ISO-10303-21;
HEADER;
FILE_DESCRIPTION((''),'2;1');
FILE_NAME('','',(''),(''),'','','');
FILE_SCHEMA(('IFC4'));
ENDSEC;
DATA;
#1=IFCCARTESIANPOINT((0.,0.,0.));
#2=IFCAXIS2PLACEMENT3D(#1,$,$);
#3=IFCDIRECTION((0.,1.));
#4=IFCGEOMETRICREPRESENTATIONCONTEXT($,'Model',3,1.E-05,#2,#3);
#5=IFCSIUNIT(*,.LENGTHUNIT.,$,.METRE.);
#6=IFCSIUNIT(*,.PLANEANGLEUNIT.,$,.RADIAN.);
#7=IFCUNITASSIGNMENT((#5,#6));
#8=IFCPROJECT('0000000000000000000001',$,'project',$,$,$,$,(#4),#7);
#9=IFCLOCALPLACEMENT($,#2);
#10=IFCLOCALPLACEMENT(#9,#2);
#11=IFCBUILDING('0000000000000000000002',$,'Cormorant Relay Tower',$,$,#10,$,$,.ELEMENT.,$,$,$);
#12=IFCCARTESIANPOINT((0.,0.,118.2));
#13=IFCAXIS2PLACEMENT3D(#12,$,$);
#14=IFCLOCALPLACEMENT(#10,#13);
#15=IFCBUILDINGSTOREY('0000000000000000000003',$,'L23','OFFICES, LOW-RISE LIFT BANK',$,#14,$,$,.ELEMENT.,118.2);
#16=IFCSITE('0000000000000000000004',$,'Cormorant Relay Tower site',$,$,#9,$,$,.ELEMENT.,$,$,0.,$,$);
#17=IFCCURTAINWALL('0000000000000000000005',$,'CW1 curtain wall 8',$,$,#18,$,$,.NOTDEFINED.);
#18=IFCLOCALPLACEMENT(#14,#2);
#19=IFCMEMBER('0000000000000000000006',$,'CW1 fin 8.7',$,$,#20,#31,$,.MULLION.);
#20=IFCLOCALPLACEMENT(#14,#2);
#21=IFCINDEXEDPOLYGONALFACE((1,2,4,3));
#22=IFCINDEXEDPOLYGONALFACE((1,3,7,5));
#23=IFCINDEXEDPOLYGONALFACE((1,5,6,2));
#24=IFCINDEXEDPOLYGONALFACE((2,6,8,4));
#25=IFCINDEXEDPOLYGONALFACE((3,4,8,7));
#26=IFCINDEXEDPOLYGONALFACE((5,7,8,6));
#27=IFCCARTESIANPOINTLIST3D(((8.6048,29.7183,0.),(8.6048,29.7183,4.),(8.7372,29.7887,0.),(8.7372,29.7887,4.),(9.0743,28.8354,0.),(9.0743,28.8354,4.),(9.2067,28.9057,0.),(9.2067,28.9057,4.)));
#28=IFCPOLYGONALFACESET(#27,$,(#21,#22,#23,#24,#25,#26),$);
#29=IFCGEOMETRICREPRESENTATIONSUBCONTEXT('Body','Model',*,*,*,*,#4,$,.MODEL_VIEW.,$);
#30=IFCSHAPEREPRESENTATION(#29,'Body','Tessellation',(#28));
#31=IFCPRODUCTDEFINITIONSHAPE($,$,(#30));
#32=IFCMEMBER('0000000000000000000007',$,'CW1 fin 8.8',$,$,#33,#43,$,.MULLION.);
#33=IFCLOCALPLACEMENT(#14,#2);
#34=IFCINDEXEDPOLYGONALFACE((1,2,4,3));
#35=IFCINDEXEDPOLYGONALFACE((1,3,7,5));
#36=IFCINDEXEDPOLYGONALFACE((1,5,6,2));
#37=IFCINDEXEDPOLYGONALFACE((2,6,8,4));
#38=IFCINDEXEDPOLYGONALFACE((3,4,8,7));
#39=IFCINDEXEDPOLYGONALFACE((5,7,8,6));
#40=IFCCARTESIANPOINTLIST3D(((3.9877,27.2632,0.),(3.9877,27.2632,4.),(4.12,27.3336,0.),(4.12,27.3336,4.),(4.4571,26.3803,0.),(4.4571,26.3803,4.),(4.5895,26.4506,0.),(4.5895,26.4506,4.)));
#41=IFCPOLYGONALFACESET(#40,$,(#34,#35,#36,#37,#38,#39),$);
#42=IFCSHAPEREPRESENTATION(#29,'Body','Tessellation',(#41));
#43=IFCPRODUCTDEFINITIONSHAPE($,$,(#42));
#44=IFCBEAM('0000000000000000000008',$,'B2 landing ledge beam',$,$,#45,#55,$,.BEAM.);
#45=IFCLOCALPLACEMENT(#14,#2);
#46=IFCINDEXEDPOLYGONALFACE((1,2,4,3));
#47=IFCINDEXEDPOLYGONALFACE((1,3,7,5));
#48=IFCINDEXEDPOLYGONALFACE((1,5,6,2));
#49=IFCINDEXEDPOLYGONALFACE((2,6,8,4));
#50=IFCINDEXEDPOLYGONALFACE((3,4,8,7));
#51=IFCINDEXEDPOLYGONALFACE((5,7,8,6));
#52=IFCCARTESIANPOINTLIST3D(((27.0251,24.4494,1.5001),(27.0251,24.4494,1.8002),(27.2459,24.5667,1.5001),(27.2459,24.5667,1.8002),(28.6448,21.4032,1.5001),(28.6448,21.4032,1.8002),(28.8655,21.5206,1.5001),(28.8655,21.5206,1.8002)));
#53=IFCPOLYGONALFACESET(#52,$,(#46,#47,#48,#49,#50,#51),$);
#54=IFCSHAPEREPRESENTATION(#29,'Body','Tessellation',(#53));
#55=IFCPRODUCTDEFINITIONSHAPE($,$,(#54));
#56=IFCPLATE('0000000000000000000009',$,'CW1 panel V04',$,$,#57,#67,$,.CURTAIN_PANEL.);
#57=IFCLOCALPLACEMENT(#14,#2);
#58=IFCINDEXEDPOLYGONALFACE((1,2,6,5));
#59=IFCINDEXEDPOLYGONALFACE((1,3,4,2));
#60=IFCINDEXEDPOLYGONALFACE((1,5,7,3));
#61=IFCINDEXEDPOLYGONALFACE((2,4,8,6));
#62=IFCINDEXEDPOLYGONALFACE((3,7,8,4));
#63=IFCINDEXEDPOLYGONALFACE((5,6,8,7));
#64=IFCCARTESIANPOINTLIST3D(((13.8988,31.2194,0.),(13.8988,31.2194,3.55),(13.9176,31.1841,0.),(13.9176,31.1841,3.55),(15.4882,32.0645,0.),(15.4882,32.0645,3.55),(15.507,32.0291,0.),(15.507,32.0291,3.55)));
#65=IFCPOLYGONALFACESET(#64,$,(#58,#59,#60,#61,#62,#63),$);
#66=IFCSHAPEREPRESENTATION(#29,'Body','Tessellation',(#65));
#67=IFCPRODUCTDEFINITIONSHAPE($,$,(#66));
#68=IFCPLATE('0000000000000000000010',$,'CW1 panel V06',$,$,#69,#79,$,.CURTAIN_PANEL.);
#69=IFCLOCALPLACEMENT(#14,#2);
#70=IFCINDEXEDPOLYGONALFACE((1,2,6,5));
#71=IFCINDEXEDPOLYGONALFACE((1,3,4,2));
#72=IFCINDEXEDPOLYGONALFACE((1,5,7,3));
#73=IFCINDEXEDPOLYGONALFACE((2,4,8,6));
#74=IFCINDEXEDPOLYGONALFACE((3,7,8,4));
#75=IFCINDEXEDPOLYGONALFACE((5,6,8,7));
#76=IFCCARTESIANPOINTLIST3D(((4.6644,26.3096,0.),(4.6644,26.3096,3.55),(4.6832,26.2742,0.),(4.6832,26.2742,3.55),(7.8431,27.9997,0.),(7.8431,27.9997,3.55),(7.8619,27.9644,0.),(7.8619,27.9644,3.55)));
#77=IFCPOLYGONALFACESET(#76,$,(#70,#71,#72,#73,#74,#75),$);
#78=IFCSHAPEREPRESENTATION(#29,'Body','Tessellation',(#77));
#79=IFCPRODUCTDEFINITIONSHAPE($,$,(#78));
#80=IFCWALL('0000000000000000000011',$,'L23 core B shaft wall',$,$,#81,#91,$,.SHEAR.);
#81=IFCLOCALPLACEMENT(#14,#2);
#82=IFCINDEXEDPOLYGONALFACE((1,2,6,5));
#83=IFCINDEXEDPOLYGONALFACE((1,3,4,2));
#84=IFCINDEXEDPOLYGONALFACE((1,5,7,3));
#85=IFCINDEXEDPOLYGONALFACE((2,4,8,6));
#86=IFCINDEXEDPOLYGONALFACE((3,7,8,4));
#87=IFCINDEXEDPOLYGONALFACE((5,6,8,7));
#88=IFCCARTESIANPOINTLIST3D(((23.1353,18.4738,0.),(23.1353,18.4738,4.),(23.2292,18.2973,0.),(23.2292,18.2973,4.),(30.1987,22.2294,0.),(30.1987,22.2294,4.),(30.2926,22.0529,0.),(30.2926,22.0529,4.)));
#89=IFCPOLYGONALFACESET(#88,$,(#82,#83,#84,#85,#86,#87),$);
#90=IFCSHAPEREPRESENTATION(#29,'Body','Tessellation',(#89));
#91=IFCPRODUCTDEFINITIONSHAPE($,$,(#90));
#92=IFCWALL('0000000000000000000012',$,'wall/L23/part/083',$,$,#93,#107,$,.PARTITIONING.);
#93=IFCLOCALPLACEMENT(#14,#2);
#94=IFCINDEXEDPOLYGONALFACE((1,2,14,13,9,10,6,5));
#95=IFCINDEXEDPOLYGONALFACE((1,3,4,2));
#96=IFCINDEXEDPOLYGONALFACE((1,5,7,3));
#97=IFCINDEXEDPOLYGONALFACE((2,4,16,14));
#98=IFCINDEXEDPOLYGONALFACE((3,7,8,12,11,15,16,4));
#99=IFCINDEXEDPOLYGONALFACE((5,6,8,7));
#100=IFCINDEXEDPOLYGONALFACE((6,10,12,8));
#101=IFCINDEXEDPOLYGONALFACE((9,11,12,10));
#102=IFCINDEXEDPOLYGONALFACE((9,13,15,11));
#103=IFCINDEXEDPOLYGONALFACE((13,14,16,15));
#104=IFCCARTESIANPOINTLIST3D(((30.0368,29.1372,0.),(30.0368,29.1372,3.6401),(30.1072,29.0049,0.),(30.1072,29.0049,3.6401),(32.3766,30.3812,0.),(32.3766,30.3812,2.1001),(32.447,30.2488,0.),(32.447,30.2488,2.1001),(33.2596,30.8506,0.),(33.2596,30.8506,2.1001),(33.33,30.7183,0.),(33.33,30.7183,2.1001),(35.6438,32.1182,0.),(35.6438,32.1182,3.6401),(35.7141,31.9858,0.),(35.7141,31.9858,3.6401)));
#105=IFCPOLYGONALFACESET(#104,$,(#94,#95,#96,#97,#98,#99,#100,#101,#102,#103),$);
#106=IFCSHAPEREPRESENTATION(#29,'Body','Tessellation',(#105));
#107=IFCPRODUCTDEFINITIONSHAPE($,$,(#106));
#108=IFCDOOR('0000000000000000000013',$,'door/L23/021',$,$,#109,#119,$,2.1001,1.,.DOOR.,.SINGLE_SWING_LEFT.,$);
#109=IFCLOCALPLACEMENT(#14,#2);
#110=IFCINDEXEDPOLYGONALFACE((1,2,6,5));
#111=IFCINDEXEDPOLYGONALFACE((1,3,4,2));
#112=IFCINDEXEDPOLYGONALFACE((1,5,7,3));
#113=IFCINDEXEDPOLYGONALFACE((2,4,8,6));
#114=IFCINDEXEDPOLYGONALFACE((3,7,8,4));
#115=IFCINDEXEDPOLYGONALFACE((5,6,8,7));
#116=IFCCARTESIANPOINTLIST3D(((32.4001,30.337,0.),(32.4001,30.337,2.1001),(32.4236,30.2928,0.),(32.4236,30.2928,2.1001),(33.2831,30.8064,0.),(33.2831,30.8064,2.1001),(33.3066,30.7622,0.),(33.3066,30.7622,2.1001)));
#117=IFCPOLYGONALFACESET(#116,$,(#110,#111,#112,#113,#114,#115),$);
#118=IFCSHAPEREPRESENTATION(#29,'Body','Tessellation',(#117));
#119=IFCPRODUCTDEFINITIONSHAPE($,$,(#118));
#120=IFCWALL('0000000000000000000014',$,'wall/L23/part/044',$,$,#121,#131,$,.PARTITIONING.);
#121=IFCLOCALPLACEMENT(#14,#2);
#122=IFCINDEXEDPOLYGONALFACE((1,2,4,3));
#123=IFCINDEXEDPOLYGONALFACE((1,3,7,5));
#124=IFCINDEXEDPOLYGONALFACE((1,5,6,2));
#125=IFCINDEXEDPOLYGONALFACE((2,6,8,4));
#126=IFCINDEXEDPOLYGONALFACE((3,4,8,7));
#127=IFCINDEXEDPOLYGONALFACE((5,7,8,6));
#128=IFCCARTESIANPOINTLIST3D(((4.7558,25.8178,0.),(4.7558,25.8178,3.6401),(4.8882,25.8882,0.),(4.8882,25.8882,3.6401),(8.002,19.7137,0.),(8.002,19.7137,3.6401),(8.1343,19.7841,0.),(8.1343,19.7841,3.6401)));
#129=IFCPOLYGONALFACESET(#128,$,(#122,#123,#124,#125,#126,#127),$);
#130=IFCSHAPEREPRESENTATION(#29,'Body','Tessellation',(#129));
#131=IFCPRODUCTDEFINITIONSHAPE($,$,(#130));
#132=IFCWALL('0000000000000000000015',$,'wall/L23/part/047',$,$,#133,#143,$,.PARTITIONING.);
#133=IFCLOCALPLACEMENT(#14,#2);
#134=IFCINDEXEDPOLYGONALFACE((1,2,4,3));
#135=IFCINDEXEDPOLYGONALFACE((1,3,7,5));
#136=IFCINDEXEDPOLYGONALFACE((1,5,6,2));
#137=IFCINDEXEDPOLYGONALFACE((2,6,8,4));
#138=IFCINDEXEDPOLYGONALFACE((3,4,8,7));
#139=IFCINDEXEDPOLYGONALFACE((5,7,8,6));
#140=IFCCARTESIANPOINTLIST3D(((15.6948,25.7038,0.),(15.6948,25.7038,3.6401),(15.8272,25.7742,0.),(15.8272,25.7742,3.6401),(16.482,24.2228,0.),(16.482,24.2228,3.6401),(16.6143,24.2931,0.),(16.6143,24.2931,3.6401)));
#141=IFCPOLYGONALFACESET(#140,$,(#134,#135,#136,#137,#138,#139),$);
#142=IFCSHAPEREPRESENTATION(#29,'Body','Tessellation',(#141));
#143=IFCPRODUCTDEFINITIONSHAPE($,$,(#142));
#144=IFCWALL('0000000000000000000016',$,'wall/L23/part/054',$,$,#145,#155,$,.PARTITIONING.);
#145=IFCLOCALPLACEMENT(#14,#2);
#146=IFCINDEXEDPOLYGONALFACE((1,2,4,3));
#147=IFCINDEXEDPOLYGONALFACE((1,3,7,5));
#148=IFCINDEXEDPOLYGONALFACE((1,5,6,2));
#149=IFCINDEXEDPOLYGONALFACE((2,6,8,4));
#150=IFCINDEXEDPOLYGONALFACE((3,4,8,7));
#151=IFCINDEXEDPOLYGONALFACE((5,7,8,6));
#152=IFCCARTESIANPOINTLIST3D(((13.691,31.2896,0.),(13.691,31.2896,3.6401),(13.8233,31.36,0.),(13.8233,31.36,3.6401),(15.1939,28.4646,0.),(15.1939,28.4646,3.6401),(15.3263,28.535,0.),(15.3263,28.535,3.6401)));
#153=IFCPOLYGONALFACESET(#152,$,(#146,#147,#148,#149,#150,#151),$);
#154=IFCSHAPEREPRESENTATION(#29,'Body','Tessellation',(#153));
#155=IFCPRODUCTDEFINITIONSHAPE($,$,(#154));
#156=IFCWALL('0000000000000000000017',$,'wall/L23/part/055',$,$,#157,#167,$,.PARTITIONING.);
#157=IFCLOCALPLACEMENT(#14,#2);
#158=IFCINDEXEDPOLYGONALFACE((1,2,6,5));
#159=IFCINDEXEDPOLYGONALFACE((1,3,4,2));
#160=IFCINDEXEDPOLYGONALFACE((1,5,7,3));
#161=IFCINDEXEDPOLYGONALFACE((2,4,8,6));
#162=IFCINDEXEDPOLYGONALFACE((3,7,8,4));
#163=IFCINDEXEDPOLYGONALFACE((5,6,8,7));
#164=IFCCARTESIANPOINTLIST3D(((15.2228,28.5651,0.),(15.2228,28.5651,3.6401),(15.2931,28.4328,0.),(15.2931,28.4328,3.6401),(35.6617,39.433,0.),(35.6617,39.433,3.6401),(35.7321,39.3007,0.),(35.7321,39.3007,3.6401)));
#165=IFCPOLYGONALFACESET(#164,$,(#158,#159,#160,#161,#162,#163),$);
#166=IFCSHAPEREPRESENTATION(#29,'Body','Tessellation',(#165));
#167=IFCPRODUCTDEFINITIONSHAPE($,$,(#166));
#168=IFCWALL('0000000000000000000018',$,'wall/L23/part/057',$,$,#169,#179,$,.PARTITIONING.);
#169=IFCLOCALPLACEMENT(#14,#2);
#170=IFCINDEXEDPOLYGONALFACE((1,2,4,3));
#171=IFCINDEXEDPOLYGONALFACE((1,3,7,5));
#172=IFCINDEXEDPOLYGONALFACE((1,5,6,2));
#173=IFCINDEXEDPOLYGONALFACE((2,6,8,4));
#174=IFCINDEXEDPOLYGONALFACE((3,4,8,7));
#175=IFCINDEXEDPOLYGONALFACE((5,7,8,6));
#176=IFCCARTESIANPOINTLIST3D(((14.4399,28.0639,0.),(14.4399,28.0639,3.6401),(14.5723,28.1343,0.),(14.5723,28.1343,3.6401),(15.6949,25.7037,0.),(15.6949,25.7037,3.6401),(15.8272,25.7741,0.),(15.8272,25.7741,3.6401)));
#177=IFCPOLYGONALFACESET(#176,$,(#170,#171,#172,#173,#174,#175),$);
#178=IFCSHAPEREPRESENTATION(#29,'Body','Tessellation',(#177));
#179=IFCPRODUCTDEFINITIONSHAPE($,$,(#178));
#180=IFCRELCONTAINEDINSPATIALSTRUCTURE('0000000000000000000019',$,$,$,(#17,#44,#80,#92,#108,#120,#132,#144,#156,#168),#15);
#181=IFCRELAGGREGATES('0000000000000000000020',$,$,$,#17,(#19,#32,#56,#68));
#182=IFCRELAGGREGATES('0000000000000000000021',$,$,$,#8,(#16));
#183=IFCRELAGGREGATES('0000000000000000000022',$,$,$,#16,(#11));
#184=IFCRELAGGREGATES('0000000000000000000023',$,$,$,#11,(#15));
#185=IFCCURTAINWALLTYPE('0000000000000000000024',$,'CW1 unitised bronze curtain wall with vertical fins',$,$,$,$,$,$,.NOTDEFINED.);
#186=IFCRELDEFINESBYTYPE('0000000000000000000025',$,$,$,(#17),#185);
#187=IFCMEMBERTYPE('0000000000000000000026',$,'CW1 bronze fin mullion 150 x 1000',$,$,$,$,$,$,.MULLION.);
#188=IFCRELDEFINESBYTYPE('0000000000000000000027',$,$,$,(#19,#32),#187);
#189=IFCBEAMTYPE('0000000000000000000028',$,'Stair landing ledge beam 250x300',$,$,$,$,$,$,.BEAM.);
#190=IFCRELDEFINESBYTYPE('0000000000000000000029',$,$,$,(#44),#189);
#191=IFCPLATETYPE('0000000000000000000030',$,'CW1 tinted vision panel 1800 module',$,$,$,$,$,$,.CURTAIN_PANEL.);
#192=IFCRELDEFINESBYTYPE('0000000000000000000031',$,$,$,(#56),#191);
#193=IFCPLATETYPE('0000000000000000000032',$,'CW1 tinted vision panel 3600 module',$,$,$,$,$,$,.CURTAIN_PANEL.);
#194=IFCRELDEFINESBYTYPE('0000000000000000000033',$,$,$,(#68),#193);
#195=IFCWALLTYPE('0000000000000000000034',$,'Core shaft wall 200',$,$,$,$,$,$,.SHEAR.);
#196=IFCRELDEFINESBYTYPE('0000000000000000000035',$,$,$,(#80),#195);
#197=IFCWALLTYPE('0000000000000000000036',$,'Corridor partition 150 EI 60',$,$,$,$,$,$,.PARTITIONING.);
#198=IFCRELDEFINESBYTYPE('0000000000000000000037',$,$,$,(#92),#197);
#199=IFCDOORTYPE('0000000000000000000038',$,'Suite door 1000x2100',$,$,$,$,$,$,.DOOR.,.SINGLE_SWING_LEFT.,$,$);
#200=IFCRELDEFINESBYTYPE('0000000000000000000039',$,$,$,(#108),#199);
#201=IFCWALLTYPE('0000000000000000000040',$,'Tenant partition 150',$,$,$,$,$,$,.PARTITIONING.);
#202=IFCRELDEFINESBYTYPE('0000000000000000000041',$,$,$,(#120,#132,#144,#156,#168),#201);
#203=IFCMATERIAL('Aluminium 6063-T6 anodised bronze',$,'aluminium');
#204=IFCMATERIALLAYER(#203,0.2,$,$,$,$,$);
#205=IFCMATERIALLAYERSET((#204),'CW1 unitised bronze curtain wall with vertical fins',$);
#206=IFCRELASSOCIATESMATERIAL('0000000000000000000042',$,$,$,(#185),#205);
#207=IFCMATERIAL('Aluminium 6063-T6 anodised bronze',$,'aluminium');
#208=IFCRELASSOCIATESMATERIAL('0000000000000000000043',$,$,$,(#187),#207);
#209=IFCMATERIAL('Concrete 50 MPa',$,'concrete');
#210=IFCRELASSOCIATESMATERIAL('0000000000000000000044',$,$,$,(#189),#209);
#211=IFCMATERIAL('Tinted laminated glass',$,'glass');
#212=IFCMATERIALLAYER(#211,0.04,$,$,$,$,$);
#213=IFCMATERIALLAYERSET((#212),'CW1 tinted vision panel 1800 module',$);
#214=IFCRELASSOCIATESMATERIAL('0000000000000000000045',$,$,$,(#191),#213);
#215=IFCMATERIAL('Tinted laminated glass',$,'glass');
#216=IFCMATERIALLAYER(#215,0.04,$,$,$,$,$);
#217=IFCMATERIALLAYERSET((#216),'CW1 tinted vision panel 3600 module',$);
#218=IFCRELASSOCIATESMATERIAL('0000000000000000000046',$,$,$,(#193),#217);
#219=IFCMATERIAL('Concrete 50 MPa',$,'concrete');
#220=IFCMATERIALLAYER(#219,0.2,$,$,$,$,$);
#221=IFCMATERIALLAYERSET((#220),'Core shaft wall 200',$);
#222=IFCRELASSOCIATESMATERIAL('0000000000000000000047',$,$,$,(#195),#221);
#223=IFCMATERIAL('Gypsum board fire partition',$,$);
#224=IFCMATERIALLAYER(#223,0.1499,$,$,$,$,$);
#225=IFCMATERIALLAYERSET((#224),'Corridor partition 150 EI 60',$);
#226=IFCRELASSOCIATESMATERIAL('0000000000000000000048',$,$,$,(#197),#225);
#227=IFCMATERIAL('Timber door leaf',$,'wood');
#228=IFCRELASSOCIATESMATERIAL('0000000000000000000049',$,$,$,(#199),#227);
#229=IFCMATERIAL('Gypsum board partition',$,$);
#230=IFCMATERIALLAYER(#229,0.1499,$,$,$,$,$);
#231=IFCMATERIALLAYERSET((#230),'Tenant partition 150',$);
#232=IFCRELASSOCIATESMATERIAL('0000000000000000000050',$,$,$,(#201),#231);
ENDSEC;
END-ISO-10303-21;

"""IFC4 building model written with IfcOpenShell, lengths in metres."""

from ifc_helpers import new_model, si_unit, direction, frame, frame_2d, origin, origin_2d, place, context, subcontext, project, spatial, rectangle, extrude, material, layer, layer_set, material_profile, profile_set, type_object, element, fill, aggregate, save


model = new_model("IFC4")

# Units and contexts
model_context = context("Model", 3, precision=1e-05, world=origin(), true_north=direction((0.0, 1.0)))
body_context = subcontext(model_context, "Body", "Model", "MODEL_VIEW")
ifc_project = project(units=[si_unit("LENGTHUNIT", "METRE"), si_unit("PLANEANGLEUNIT", "RADIAN")], contexts=[model_context])

# Site, building, storey
site_placement = place(None, origin())
site = spatial("IfcSite", under=ifc_project, at=site_placement, Name="Cormorant Relay Tower site", CompositionType="ELEMENT", RefElevation=0.0)
building_placement = place(site_placement, origin())
building = spatial("IfcBuilding", under=site, at=building_placement, Name="Cormorant Relay Tower", CompositionType="ELEMENT")
storey_placement = place(building_placement, frame((0.0, 0.0, 118.2)))
storey = spatial("IfcBuildingStorey", under=building, at=storey_placement, Name="L23", Description="OFFICES, LOW-RISE LIFT BANK", CompositionType="ELEMENT", Elevation=118.2)

# Curtain wall, members
ifc_material_1 = material(Name="Aluminium 6063-T6 anodised bronze", Category="aluminium")
ifc_layer_1 = layer(ifc_material_1, 0.2)
ifc_layer_set_1 = layer_set([ifc_layer_1], Name="CW1 unitised bronze curtain wall with vertical fins")
curtain_wall_type = type_object("IfcCurtainWallType", Name="CW1 unitised bronze curtain wall with vertical fins", PredefinedType="NOTDEFINED", material=ifc_layer_set_1)
curtain_wall_placement = place(storey_placement, origin())
curtain_wall = element("IfcCurtainWall", 1, at=curtain_wall_placement, inside=storey, type_object=curtain_wall_type, Name="CW1 curtain wall 8", PredefinedType="NOTDEFINED")
ifc_material_2 = material(Name="Aluminium 6063-T6 anodised bronze", Category="aluminium")
ifc_material_profile_1 = material_profile(ifc_material_2, rectangle(XDim=0.1499, YDim=1.0, at=origin_2d()), Name="AL 150x1000")
ifc_profile_set_1 = profile_set([ifc_material_profile_1], Name="Aluminium 6063-T6 anodised bronze")
member_type = type_object("IfcMemberType", Name="CW1 bronze fin mullion 150 x 1000", PredefinedType="MULLION", material=ifc_profile_set_1)
member_1_placement = place(storey_placement, frame((8.9058, 29.312, 0.0), z_axis=(0.0, 0.0, 1.0), x_axis=(-0.882948, -0.469472, 0.0)))
member_1 = element("IfcMember", 2, at=member_1_placement, type_object=member_type, Name="CW1 fin 8.7", PredefinedType="MULLION", context=body_context, shape_type="SweptSolid", body=[
    extrude(rectangle(XDim=0.1499, YDim=1.0, at=origin_2d()), origin(), (0.0, 0.0, 1.0), 4.0),
])
member_2_placement = place(storey_placement, frame((4.2886, 26.8569, 0.0), z_axis=(0.0, 0.0, 1.0), x_axis=(-0.882948, -0.469472, 0.0)))
member_2 = element("IfcMember", 3, at=member_2_placement, type_object=member_type, Name="CW1 fin 8.8", PredefinedType="MULLION", context=body_context, shape_type="SweptSolid", body=[
    extrude(rectangle(XDim=0.1499, YDim=1.0, at=origin_2d()), origin(), (0.0, 0.0, 1.0), 4.0),
])

# Beam
ifc_material_3 = material(Name="Concrete 50 MPa", Category="concrete")
ifc_material_profile_2 = material_profile(ifc_material_3, rectangle(XDim=0.25, YDim=0.3, at=origin_2d()), Name="RC 250x300")
ifc_profile_set_2 = profile_set([ifc_material_profile_2], Name="Concrete 50 MPa")
beam_type = type_object("IfcBeamType", Name="Stair landing ledge beam 250x300", PredefinedType="BEAM", material=ifc_profile_set_2)
beam_placement = place(storey_placement, frame((28.7551, 21.4619, 1.6501), z_axis=(-0.469464, 0.882952, 0.0), x_axis=(-0.882952, -0.469464, 0.0)))
element("IfcBeam", 4, at=beam_placement, inside=storey, type_object=beam_type, Name="B2 landing ledge beam", PredefinedType="BEAM", context=body_context, shape_type="SweptSolid", body=[
    extrude(rectangle(XDim=0.25, YDim=0.3, at=origin_2d()), origin(), (0.0, 0.0, 1.0), 3.45),
])

# Plates
ifc_material_4 = material(Name="Tinted laminated glass", Category="glass")
ifc_layer_2 = layer(ifc_material_4, 0.04)
ifc_layer_set_2 = layer_set([ifc_layer_2], Name="CW1 tinted vision panel 1800 module")
plate_type_1 = type_object("IfcPlateType", Name="CW1 tinted vision panel 1800 module", PredefinedType="CURTAIN_PANEL", material=ifc_layer_set_2)
plate_1_placement = place(storey_placement, frame((14.7029, 31.6243, 0.0), z_axis=(0.0, 0.0, 1.0), x_axis=(-0.882948, -0.469472, 0.0)))
plate_1 = element("IfcPlate", 5, at=plate_1_placement, type_object=plate_type_1, Name="CW1 panel V04", PredefinedType="CURTAIN_PANEL", context=body_context, shape_type="SweptSolid", body=[
    extrude(rectangle(XDim=1.8, YDim=0.04, at=origin_2d()), origin(), (0.0, 0.0, 1.0), 3.55),
])
ifc_material_5 = material(Name="Tinted laminated glass", Category="glass")
ifc_layer_3 = layer(ifc_material_5, 0.04)
ifc_layer_set_3 = layer_set([ifc_layer_3], Name="CW1 tinted vision panel 3600 module")
plate_type_2 = type_object("IfcPlateType", Name="CW1 tinted vision panel 3600 module", PredefinedType="CURTAIN_PANEL", material=ifc_layer_set_3)
plate_2_placement = place(storey_placement, frame((6.2632, 27.137, 0.0), z_axis=(0.0, 0.0, 1.0), x_axis=(-0.882948, -0.469472, 0.0)))
plate_2 = element("IfcPlate", 6, at=plate_2_placement, type_object=plate_type_2, Name="CW1 panel V06", PredefinedType="CURTAIN_PANEL", context=body_context, shape_type="SweptSolid", body=[
    extrude(rectangle(XDim=3.6001, YDim=0.04, at=origin_2d()), origin(), (0.0, 0.0, 1.0), 3.55),
])

# Wall
ifc_material_6 = material(Name="Concrete 50 MPa", Category="concrete")
ifc_layer_4 = layer(ifc_material_6, 0.2)
ifc_layer_set_4 = layer_set([ifc_layer_4], Name="Core shaft wall 200")
wall_type_1 = type_object("IfcWallType", Name="Core shaft wall 200", PredefinedType="SHEAR", material=ifc_layer_set_4)
wall_1_placement = place(storey_placement, frame((23.1821, 18.3855, 0.0), z_axis=(0.0, 0.0, 1.0), x_axis=(0.882953, 0.469462, 0.0)))
element("IfcWall", 7, at=wall_1_placement, inside=storey, type_object=wall_type_1, Name="L23 core B shaft wall", PredefinedType="SHEAR", context=body_context, shape_type="SweptSolid", body=[
    extrude(rectangle(XDim=7.9998, YDim=0.2, at=frame_2d((4.0, 0.0))), origin(), (0.0, 0.0, 1.0), 4.0),
])

# Wall, opening, door
ifc_material_7 = material(Name="Gypsum board fire partition")
ifc_layer_5 = layer(ifc_material_7, 0.1499)
ifc_layer_set_5 = layer_set([ifc_layer_5], Name="Corridor partition 150 EI 60")
wall_type_2 = type_object("IfcWallType", Name="Corridor partition 150 EI 60", PredefinedType="PARTITIONING", material=ifc_layer_set_5)
wall_2_placement = place(storey_placement, frame((30.072, 29.071, 0.0), z_axis=(0.0, 0.0, 1.0), x_axis=(0.882967, 0.469434, 0.0)))
wall_2 = element("IfcWall", 8, at=wall_2_placement, inside=storey, type_object=wall_type_2, Name="wall/L23/part/083", PredefinedType="PARTITIONING", context=body_context, shape_type="SweptSolid", body=[
    extrude(rectangle(XDim=6.3501, YDim=0.1499, at=frame_2d((3.175, 0.0))), origin(), (0.0, 0.0, 1.0), 3.6401),
])
opening_placement = place(wall_2_placement, frame((2.6499, 0.0, 0.0)))
opening = element("IfcOpeningElement", 9, at=opening_placement, cuts=wall_2, PredefinedType="OPENING", context=body_context, shape_type="SweptSolid", body=[
    extrude(rectangle(XDim=1.0, YDim=2.1001, at=frame_2d((0.5, 1.05))), frame((0.0, 0.085, 0.0), z_axis=(0.0, -1.0, 0.0), x_axis=(1.0, 0.0, 0.0)), (0.0, 0.0, 1.0), 0.1699),
])
ifc_material_8 = material(Name="Timber door leaf", Category="wood")
door_type = type_object("IfcDoorType", Name="Suite door 1000x2100", OperationType="SINGLE_SWING_LEFT", PredefinedType="DOOR", material=ifc_material_8)
door_placement = place(opening_placement, origin())
door = element("IfcDoor", 10, at=door_placement, inside=storey, type_object=door_type, Name="door/L23/021", OperationType="SINGLE_SWING_LEFT", OverallHeight=2.1001, OverallWidth=1.0, PredefinedType="DOOR", context=body_context, shape_type="SweptSolid", body=[
    extrude(rectangle(XDim=1.0, YDim=2.1001, at=frame_2d((0.5, 1.05))), frame((0.0, 0.0249, 0.0), z_axis=(0.0, -1.0, 0.0), x_axis=(1.0, 0.0, 0.0)), (0.0, 0.0, 1.0), 0.05),
])
fill(opening, door)

# Walls
ifc_material_9 = material(Name="Gypsum board partition")
ifc_layer_6 = layer(ifc_material_9, 0.1499)
ifc_layer_set_6 = layer_set([ifc_layer_6], Name="Tenant partition 150")
wall_type_3 = type_object("IfcWallType", Name="Tenant partition 150", PredefinedType="PARTITIONING", material=ifc_layer_set_6)
wall_3_placement = place(storey_placement, frame((4.822, 25.853, 0.0), z_axis=(0.0, 0.0, 1.0), x_axis=(0.469532, -0.882915, 0.0)))
element("IfcWall", 11, at=wall_3_placement, inside=storey, type_object=wall_type_3, Name="wall/L23/part/044", PredefinedType="PARTITIONING", context=body_context, shape_type="SweptSolid", body=[
    extrude(rectangle(XDim=6.9136, YDim=0.1499, at=frame_2d((3.4568, 0.0))), origin(), (0.0, 0.0, 1.0), 3.6401),
])
wall_4_placement = place(storey_placement, frame((15.761, 25.739, 0.0), z_axis=(0.0, 0.0, 1.0), x_axis=(0.469318, -0.883029, 0.0)))
element("IfcWall", 12, at=wall_4_placement, inside=storey, type_object=wall_type_3, Name="wall/L23/part/047", PredefinedType="PARTITIONING", context=body_context, shape_type="SweptSolid", body=[
    extrude(rectangle(XDim=1.6772, YDim=0.1499, at=frame_2d((0.8386, 0.0))), origin(), (0.0, 0.0, 1.0), 3.6401),
])
wall_5_placement = place(storey_placement, frame((13.7571, 31.325, 0.0), z_axis=(0.0, 0.0, 1.0), x_axis=(0.469685, -0.882834, 0.0)))
element("IfcWall", 13, at=wall_5_placement, inside=storey, type_object=wall_type_3, Name="wall/L23/part/054", PredefinedType="PARTITIONING", context=body_context, shape_type="SweptSolid", body=[
    extrude(rectangle(XDim=3.2, YDim=0.1499, at=frame_2d((1.6001, 0.0))), origin(), (0.0, 0.0, 1.0), 3.6401),
])
wall_6_placement = place(storey_placement, frame((15.2581, 28.499, 0.0), z_axis=(0.0, 0.0, 1.0), x_axis=(0.882942, 0.469483, 0.0)))
element("IfcWall", 14, at=wall_6_placement, inside=storey, type_object=wall_type_3, Name="wall/L23/part/055", PredefinedType="PARTITIONING", context=body_context, shape_type="SweptSolid", body=[
    extrude(rectangle(XDim=23.1487, YDim=0.1499, at=frame_2d((11.5742, 0.0))), origin(), (0.0, 0.0, 1.0), 3.6401),
])
wall_7_placement = place(storey_placement, frame((15.761, 25.739, 0.0), z_axis=(0.0, 0.0, 1.0), x_axis=(-0.469469, 0.882949, 0.0)))
element("IfcWall", 15, at=wall_7_placement, inside=storey, type_object=wall_type_3, Name="wall/L23/part/057", PredefinedType="PARTITIONING", context=body_context, shape_type="SweptSolid", body=[
    extrude(rectangle(XDim=2.6731, YDim=0.1499, at=frame_2d((1.3364, 0.0))), origin(), (0.0, 0.0, 1.0), 3.6401),
])

aggregate(curtain_wall, [member_1, member_2, plate_1, plate_2])

save(model, "model.ifc")
